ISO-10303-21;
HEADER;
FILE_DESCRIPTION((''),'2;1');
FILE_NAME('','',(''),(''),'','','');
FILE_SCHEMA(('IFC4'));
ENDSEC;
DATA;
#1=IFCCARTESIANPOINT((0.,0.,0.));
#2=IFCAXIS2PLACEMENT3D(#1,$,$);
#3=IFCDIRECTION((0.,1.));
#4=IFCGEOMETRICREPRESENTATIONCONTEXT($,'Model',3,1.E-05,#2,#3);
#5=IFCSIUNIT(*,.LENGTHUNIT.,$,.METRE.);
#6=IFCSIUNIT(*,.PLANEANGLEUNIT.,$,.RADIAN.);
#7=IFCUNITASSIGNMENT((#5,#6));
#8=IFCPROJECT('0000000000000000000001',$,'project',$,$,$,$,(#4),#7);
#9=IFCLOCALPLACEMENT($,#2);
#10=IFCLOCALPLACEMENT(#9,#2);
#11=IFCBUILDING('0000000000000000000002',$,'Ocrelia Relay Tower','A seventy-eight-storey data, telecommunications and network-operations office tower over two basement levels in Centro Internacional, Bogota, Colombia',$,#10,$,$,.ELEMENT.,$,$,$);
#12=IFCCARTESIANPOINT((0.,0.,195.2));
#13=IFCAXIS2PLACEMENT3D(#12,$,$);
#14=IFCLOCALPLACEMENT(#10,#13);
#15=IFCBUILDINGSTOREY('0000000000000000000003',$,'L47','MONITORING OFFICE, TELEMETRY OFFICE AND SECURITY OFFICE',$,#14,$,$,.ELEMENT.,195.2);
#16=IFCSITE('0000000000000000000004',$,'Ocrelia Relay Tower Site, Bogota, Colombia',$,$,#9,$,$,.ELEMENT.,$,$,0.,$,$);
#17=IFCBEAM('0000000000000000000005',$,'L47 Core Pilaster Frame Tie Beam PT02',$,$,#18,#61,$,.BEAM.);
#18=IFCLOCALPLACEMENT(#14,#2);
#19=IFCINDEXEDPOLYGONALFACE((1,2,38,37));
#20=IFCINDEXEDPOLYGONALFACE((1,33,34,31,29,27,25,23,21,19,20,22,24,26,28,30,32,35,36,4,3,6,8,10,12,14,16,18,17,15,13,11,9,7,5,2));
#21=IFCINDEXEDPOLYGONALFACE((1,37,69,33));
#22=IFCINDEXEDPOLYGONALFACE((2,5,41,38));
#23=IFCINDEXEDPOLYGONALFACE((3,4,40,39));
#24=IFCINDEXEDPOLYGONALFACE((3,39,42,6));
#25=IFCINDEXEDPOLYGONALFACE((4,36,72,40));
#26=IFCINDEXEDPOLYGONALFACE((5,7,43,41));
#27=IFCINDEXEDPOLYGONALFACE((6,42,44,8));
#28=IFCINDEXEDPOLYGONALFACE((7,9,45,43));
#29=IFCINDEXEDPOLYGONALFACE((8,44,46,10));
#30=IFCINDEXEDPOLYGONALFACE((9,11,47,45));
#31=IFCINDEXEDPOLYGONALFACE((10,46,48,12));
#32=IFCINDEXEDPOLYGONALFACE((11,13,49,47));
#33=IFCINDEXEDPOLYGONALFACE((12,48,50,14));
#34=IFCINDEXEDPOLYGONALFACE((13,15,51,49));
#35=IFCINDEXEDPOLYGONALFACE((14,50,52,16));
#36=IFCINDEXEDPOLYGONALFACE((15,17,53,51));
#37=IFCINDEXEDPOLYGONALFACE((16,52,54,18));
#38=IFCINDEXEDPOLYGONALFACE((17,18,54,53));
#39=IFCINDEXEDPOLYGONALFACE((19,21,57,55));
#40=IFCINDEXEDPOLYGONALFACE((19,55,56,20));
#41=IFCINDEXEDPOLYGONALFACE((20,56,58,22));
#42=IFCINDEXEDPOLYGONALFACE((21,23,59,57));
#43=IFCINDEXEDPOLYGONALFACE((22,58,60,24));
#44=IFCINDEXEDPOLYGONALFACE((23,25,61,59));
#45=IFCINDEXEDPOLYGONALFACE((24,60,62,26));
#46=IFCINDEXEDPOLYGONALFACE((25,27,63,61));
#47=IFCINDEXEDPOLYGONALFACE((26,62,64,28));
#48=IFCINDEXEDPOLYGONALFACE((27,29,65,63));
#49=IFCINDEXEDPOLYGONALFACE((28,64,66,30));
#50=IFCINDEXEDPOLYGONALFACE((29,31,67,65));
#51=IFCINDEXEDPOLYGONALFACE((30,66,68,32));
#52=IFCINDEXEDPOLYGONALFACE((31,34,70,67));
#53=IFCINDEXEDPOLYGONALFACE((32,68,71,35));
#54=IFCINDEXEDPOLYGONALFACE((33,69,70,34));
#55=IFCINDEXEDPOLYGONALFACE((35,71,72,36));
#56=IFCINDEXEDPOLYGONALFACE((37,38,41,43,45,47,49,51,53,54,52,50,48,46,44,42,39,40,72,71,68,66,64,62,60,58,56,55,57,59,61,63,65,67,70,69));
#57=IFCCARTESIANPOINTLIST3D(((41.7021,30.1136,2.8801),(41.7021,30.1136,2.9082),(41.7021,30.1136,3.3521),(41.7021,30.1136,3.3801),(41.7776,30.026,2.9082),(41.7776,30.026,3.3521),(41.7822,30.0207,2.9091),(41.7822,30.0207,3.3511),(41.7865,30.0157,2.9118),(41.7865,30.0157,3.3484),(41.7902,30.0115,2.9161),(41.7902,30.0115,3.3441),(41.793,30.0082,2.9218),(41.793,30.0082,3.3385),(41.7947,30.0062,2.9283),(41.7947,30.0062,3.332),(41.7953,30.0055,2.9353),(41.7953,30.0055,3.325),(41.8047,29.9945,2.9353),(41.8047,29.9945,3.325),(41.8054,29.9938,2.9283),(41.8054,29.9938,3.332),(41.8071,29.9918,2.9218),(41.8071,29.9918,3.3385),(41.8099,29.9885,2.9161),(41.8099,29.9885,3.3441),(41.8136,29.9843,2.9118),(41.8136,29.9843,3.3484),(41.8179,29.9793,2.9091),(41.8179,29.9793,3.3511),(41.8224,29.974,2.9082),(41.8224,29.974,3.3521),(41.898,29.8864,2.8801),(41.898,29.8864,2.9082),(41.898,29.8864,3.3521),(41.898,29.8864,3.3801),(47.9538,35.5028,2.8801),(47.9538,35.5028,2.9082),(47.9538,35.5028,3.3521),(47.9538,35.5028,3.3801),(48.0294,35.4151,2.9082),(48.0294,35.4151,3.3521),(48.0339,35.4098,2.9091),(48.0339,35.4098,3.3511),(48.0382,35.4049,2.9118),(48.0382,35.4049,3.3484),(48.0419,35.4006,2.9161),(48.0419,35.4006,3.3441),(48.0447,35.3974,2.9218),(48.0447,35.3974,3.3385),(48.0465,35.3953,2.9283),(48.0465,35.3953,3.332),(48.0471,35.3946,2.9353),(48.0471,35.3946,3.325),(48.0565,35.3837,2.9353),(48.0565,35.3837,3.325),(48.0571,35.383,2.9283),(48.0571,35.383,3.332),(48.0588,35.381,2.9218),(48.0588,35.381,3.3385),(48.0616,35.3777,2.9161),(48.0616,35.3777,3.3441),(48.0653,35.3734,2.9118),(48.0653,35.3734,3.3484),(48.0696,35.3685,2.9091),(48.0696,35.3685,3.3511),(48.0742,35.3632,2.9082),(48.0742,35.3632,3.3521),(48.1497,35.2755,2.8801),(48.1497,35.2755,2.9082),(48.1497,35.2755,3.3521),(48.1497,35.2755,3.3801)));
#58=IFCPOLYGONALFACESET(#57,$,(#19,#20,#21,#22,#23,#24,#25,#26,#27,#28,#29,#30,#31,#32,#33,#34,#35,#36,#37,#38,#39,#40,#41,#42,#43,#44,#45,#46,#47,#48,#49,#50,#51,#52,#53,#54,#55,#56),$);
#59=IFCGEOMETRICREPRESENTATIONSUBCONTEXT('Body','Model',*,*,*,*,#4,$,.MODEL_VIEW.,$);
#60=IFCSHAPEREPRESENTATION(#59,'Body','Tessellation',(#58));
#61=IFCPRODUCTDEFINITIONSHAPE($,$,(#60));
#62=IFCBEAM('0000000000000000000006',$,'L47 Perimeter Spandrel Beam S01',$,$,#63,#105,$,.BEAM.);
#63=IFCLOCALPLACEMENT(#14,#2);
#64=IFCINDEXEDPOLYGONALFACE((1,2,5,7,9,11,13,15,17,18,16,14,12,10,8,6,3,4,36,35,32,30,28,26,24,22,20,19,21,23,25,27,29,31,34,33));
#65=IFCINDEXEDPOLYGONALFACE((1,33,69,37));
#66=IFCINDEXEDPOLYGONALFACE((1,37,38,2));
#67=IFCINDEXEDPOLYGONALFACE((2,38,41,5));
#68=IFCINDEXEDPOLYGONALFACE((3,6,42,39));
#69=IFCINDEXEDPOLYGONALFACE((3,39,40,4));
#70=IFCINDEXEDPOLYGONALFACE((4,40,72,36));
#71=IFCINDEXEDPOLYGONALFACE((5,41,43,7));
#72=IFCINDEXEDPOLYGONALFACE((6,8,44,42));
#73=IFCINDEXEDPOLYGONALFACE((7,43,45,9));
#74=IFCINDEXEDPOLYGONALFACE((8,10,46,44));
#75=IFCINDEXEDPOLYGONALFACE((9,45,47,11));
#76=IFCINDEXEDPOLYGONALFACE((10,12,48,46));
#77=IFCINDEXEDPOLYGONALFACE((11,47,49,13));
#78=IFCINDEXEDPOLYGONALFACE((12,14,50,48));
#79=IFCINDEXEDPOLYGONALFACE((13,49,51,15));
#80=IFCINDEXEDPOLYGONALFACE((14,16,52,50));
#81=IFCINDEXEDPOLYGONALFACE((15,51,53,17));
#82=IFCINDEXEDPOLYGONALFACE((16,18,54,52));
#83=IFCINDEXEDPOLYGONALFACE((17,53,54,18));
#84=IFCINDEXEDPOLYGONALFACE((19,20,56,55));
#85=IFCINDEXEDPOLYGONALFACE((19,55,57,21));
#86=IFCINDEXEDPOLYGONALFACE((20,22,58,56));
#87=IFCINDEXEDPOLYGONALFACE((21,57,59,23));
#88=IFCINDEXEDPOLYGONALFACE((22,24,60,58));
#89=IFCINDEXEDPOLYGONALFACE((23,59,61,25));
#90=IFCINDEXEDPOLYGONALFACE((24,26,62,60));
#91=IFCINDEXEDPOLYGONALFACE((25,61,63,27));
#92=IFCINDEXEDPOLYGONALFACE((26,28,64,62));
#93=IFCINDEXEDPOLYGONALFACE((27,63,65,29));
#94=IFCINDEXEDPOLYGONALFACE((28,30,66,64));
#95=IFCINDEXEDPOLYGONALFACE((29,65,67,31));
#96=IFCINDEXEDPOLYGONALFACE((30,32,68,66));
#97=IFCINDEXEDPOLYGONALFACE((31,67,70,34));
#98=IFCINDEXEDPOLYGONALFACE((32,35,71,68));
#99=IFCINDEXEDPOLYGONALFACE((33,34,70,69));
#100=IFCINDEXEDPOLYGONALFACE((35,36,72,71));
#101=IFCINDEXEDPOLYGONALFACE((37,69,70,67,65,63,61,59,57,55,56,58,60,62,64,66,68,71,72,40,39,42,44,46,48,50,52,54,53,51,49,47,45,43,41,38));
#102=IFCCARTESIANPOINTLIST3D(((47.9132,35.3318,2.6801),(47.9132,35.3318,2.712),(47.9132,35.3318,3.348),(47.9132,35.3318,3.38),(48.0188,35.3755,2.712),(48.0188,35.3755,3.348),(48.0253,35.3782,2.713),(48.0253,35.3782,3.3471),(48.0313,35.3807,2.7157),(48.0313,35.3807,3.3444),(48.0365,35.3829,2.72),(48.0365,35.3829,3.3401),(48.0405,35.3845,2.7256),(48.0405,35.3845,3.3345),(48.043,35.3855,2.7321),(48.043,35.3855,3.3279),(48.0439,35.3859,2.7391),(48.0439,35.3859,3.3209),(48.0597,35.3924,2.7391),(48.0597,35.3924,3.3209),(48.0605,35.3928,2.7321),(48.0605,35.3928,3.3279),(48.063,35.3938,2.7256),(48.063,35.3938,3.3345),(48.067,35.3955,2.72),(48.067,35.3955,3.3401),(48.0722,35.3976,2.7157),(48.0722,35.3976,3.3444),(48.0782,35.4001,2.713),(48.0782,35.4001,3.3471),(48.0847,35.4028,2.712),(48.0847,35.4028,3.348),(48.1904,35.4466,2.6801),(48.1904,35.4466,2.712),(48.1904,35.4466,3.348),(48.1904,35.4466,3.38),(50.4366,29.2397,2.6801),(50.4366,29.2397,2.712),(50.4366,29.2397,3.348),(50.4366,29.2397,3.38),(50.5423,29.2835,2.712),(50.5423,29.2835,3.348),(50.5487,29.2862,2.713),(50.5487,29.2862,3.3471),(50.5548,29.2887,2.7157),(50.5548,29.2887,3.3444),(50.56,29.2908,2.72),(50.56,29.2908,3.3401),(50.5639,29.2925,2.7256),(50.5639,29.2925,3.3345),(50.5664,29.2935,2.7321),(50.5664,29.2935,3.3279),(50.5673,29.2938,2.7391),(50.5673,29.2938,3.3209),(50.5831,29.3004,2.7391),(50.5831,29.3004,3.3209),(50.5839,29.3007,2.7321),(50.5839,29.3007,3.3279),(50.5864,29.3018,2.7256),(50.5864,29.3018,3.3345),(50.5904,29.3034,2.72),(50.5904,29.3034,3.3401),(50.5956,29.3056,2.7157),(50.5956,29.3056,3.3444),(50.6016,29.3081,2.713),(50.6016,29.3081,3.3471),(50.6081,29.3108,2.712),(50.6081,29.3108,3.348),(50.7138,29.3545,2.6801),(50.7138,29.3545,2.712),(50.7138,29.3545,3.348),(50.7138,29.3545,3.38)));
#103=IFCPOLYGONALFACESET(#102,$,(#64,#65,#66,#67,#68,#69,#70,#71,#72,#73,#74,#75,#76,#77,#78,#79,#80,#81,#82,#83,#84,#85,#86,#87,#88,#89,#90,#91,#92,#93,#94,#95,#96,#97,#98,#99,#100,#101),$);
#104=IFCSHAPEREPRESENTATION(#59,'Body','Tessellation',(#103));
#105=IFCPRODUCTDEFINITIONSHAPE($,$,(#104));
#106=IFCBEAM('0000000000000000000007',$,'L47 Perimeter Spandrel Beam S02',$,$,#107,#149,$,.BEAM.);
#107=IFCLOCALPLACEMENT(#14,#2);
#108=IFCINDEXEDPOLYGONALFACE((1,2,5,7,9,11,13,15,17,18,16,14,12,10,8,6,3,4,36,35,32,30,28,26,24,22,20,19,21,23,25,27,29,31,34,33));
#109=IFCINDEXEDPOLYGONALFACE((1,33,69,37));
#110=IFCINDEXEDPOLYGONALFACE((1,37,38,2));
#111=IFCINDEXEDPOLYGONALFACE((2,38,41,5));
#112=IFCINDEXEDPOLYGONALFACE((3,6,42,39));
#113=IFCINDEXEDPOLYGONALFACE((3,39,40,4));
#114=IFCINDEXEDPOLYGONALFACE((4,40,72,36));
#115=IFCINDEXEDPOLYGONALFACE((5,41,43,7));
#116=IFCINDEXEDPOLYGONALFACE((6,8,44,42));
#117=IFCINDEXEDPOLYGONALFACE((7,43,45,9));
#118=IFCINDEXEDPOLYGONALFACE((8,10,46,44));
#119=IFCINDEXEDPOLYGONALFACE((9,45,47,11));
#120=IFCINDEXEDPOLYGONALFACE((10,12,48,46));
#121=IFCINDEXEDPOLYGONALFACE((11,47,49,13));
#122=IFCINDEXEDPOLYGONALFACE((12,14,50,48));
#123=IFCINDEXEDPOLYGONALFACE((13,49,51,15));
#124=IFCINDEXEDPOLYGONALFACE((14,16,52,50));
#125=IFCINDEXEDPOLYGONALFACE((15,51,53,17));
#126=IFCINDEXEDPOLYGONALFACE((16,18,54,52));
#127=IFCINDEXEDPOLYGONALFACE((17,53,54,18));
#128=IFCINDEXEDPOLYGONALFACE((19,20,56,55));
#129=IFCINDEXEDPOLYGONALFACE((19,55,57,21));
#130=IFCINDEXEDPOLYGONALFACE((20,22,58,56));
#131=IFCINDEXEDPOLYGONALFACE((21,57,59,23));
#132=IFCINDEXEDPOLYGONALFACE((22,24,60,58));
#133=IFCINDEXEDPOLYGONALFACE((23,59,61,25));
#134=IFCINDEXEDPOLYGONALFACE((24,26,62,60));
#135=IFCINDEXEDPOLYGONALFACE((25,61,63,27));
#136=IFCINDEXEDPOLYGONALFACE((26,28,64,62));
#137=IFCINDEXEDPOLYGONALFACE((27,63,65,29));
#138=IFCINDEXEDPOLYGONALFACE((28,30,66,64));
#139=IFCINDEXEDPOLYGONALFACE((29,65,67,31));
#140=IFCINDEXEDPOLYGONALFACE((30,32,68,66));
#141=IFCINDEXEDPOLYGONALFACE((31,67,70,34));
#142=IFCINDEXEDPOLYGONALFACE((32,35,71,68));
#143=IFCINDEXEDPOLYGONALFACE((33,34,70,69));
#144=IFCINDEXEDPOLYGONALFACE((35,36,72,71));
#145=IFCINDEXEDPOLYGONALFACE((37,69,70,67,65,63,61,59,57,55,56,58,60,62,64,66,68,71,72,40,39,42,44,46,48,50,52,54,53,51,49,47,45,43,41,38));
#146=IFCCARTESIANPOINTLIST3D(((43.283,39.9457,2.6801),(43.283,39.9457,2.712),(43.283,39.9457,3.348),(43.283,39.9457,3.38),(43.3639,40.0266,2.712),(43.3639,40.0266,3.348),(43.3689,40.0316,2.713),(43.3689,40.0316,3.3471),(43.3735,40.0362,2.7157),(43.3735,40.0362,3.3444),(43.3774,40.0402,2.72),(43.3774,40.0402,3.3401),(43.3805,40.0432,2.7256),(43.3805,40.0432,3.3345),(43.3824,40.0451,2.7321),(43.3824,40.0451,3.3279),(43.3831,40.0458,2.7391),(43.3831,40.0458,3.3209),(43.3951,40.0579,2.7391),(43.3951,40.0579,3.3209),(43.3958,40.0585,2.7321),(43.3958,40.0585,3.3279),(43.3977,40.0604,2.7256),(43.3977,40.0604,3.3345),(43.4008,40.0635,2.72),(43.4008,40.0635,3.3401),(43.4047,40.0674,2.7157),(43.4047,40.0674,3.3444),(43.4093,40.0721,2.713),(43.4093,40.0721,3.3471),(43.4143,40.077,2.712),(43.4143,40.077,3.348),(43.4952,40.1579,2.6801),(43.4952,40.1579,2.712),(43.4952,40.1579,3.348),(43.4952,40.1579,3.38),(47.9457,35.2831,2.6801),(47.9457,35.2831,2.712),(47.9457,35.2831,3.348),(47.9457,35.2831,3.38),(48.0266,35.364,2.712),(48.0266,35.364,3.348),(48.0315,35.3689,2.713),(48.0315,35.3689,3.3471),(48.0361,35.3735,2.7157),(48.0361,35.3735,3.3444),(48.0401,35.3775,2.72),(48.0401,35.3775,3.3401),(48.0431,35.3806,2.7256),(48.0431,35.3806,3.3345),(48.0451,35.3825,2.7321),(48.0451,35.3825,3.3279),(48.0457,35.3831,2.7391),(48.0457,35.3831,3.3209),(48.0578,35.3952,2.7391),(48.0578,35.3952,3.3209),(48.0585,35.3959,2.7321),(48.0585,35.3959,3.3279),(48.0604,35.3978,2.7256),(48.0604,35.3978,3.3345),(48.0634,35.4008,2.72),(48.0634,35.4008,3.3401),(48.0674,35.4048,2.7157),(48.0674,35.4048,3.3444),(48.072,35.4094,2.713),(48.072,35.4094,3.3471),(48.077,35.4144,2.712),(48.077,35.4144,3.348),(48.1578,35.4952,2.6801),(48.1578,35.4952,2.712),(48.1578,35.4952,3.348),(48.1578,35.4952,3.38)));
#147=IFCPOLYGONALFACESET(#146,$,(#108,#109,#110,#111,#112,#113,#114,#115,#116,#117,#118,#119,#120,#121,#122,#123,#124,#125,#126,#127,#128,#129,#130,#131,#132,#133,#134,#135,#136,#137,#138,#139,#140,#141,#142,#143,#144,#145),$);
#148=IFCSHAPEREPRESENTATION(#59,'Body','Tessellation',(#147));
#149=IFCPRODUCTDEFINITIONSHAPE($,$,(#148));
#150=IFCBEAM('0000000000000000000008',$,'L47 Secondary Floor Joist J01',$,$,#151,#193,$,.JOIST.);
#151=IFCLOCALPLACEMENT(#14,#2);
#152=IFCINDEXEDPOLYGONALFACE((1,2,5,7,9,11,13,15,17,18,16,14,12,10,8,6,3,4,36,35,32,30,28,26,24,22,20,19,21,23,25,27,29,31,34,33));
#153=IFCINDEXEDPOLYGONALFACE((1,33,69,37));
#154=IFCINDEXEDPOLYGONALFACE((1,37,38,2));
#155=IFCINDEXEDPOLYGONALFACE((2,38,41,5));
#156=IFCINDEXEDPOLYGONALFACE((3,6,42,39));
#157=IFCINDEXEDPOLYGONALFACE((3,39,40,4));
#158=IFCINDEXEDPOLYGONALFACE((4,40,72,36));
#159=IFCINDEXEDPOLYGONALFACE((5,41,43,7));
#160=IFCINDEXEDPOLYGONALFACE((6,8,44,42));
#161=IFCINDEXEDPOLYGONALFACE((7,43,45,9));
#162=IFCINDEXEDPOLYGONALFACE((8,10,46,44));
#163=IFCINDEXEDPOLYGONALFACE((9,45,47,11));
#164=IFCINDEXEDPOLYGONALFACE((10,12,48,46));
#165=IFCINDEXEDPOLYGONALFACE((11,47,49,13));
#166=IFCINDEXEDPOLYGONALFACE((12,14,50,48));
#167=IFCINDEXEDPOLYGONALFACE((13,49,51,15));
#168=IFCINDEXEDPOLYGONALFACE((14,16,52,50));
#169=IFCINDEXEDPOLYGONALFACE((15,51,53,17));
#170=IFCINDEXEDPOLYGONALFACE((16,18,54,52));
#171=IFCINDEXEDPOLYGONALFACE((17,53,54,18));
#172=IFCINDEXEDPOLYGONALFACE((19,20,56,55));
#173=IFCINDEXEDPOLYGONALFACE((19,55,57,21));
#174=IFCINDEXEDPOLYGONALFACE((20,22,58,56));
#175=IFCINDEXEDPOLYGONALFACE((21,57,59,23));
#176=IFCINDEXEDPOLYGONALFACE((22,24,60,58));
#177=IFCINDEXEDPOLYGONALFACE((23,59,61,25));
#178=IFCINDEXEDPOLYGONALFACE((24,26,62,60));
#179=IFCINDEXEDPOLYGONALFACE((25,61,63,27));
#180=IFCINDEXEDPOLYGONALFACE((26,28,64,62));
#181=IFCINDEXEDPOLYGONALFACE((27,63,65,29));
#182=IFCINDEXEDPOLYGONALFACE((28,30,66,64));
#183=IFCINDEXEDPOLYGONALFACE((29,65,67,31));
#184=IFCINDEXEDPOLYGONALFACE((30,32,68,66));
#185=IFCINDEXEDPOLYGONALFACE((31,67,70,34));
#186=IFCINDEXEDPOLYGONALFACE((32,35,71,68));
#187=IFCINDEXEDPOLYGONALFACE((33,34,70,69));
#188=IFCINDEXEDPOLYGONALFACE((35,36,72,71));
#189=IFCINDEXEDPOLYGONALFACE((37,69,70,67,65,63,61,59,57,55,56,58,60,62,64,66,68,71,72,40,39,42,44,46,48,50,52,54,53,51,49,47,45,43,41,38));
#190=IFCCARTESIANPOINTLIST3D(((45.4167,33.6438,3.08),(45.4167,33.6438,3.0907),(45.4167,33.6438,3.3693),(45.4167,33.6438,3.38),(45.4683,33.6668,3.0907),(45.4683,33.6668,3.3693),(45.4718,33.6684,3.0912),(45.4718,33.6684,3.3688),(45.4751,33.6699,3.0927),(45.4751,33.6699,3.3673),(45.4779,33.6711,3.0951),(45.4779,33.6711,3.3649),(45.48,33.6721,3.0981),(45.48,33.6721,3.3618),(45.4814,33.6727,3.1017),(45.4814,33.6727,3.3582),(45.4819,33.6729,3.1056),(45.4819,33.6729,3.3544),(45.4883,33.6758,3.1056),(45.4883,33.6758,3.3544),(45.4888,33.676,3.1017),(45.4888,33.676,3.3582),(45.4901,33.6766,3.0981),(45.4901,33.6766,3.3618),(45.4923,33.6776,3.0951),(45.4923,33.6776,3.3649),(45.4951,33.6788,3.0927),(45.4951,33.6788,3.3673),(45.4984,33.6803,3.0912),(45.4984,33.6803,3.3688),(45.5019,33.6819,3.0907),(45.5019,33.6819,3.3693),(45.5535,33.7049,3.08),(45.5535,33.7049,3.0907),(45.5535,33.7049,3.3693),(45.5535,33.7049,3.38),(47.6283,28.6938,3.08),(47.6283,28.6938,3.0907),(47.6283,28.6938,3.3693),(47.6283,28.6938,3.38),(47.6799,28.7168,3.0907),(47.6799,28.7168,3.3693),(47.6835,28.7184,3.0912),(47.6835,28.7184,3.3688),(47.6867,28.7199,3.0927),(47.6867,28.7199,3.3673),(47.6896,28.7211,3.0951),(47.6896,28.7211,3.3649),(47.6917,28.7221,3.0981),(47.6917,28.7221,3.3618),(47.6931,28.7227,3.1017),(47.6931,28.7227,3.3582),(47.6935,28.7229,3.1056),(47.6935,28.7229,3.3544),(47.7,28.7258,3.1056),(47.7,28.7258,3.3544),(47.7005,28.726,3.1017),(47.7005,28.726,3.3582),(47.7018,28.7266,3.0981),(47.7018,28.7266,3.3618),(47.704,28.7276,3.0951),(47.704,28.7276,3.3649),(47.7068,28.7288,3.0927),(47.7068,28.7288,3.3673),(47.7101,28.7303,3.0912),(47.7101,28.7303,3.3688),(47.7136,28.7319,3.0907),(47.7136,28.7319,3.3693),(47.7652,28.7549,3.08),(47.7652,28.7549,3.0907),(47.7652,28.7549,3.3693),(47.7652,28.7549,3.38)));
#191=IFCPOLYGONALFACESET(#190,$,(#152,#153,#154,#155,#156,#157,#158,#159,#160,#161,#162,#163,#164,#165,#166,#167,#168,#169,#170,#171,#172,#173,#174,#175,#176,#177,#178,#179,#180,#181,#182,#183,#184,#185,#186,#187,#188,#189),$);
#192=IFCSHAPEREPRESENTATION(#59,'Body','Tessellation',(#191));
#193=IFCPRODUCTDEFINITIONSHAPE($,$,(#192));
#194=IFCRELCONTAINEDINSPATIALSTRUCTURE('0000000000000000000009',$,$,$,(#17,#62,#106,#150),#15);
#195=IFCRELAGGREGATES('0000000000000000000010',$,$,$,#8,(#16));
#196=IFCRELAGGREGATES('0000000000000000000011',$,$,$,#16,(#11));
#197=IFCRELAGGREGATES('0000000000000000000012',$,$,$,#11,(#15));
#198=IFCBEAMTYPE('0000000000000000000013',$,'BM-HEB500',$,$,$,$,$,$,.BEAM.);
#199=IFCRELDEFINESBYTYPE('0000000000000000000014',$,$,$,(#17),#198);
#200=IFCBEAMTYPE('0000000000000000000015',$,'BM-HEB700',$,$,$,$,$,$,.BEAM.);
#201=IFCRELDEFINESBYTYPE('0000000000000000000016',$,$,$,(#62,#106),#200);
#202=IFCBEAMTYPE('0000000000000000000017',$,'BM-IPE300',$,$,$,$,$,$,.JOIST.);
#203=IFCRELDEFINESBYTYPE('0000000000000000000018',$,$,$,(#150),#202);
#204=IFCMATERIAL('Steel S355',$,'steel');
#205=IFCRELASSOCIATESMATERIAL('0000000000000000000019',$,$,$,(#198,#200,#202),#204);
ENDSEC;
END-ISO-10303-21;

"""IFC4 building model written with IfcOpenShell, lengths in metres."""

from ifc_helpers import new_model, si_unit, direction, frame, origin, origin_2d, place, context, subcontext, project, spatial, i_section, extrude, material, material_profile, profile_set, type_object, element, save


model = new_model("IFC4")

# Units and contexts
model_context = context("Model", 3, precision=1e-05, world=origin(), true_north=direction((0.0, 1.0)))
body_context = subcontext(model_context, "Body", "Model", "MODEL_VIEW")
ifc_project = project(units=[si_unit("LENGTHUNIT", "METRE"), si_unit("PLANEANGLEUNIT", "RADIAN")], contexts=[model_context])

# Site, building, storey
site_placement = place(None, origin())
site = spatial("IfcSite", under=ifc_project, at=site_placement, Name="Ocrelia Relay Tower Site, Bogota, Colombia", CompositionType="ELEMENT", RefElevation=0.0)
building_placement = place(site_placement, origin())
building = spatial("IfcBuilding", under=site, at=building_placement, Name="Ocrelia Relay Tower", Description="A seventy-eight-storey data, telecommunications and network-operations office tower over two basement levels in Centro Internacional, Bogota, Colombia", CompositionType="ELEMENT")
storey_placement = place(building_placement, frame((0.0, 0.0, 195.2)))
storey = spatial("IfcBuildingStorey", under=building, at=storey_placement, Name="L47", Description="MONITORING OFFICE, TELEMETRY OFFICE AND SECURITY OFFICE", CompositionType="ELEMENT", Elevation=195.2)

# Beams
ifc_material_1 = material(Name="Steel S355", Category="steel")
ifc_material_profile_1 = material_profile(ifc_material_1, i_section(OverallWidth=0.3, OverallDepth=0.5, WebThickness=0.0144, FlangeThickness=0.0281, FilletRadius=0.0271, at=origin_2d()), Name="HEB 500")
ifc_profile_set_1 = profile_set([ifc_material_profile_1], Name="Steel S355")
beam_type_1 = type_object("IfcBeamType", Name="BM-HEB500", PredefinedType="BEAM", material=ifc_profile_set_1)
beam_1_placement = place(storey_placement, frame((48.0518, 35.3892, 3.1301), z_axis=(-0.757425, -0.652923, 0.0), x_axis=(0.652923, -0.757425, 0.0)))
element("IfcBeam", 1, at=beam_1_placement, inside=storey, type_object=beam_type_1, Name="L47 Core Pilaster Frame Tie Beam PT02", PredefinedType="BEAM", context=body_context, shape_type="SweptSolid", body=[
    extrude(i_section(OverallWidth=0.3, OverallDepth=0.5, WebThickness=0.0144, FlangeThickness=0.0281, FilletRadius=0.0271, at=origin_2d()), origin(), (0.0, 0.0, 1.0), 8.2539),
])
ifc_material_profile_2 = material_profile(ifc_material_1, i_section(OverallWidth=0.3, OverallDepth=0.7, WebThickness=0.0171, FlangeThickness=0.032, FilletRadius=0.0271, at=origin_2d()), Name="HEB 700")
ifc_profile_set_2 = profile_set([ifc_material_profile_2], Name="Steel S355")
beam_type_2 = type_object("IfcBeamType", Name="BM-HEB700", PredefinedType="BEAM", material=ifc_profile_set_2)
for number, where, z_axis, x_axis, name in (
    (2, (50.5752, 29.2971, 3.03), (-0.382688, 0.923878, 0.0), (-0.923878, -0.382688, 0.0), "L47 Perimeter Spandrel Beam S01"),
    (3, (48.0518, 35.3892, 3.03), (-0.707107, 0.707107, 0.0), (-0.707107, -0.707107, 0.0), "L47 Perimeter Spandrel Beam S02"),
):
    element("IfcBeam", number, at=place(storey_placement, frame(where, z_axis=z_axis, x_axis=x_axis)), inside=storey, type_object=beam_type_2, Name=name, PredefinedType="BEAM", context=body_context, shape_type="SweptSolid", body=[
        extrude(i_section(OverallWidth=0.3, OverallDepth=0.7, WebThickness=0.0171, FlangeThickness=0.032, FilletRadius=0.0271, at=origin_2d()), origin(), (0.0, 0.0, 1.0), 6.594),
    ])
ifc_material_profile_3 = material_profile(ifc_material_1, i_section(OverallWidth=0.1499, OverallDepth=0.3, WebThickness=0.0071, FlangeThickness=0.0107, FilletRadius=0.0149, at=origin_2d()), Name="IPE 300")
ifc_profile_set_3 = profile_set([ifc_material_profile_3], Name="Steel S355")
beam_type_3 = type_object("IfcBeamType", Name="BM-IPE300", PredefinedType="JOIST", material=ifc_profile_set_3)
beam_2_placement = place(storey_placement, frame((47.6968, 28.7244, 3.23), z_axis=(-0.407938, 0.913009, 0.0), x_axis=(-0.913009, -0.407938, 0.0)))
element("IfcBeam", 4, at=beam_2_placement, inside=storey, type_object=beam_type_3, Name="L47 Secondary Floor Joist J01", PredefinedType="JOIST", context=body_context, shape_type="SweptSolid", body=[
    extrude(i_section(OverallWidth=0.1499, OverallDepth=0.3, WebThickness=0.0071, FlangeThickness=0.0107, FilletRadius=0.0149, at=origin_2d()), origin(), (0.0, 0.0, 1.0), 5.4216),
])

save(model, "model.ifc")
